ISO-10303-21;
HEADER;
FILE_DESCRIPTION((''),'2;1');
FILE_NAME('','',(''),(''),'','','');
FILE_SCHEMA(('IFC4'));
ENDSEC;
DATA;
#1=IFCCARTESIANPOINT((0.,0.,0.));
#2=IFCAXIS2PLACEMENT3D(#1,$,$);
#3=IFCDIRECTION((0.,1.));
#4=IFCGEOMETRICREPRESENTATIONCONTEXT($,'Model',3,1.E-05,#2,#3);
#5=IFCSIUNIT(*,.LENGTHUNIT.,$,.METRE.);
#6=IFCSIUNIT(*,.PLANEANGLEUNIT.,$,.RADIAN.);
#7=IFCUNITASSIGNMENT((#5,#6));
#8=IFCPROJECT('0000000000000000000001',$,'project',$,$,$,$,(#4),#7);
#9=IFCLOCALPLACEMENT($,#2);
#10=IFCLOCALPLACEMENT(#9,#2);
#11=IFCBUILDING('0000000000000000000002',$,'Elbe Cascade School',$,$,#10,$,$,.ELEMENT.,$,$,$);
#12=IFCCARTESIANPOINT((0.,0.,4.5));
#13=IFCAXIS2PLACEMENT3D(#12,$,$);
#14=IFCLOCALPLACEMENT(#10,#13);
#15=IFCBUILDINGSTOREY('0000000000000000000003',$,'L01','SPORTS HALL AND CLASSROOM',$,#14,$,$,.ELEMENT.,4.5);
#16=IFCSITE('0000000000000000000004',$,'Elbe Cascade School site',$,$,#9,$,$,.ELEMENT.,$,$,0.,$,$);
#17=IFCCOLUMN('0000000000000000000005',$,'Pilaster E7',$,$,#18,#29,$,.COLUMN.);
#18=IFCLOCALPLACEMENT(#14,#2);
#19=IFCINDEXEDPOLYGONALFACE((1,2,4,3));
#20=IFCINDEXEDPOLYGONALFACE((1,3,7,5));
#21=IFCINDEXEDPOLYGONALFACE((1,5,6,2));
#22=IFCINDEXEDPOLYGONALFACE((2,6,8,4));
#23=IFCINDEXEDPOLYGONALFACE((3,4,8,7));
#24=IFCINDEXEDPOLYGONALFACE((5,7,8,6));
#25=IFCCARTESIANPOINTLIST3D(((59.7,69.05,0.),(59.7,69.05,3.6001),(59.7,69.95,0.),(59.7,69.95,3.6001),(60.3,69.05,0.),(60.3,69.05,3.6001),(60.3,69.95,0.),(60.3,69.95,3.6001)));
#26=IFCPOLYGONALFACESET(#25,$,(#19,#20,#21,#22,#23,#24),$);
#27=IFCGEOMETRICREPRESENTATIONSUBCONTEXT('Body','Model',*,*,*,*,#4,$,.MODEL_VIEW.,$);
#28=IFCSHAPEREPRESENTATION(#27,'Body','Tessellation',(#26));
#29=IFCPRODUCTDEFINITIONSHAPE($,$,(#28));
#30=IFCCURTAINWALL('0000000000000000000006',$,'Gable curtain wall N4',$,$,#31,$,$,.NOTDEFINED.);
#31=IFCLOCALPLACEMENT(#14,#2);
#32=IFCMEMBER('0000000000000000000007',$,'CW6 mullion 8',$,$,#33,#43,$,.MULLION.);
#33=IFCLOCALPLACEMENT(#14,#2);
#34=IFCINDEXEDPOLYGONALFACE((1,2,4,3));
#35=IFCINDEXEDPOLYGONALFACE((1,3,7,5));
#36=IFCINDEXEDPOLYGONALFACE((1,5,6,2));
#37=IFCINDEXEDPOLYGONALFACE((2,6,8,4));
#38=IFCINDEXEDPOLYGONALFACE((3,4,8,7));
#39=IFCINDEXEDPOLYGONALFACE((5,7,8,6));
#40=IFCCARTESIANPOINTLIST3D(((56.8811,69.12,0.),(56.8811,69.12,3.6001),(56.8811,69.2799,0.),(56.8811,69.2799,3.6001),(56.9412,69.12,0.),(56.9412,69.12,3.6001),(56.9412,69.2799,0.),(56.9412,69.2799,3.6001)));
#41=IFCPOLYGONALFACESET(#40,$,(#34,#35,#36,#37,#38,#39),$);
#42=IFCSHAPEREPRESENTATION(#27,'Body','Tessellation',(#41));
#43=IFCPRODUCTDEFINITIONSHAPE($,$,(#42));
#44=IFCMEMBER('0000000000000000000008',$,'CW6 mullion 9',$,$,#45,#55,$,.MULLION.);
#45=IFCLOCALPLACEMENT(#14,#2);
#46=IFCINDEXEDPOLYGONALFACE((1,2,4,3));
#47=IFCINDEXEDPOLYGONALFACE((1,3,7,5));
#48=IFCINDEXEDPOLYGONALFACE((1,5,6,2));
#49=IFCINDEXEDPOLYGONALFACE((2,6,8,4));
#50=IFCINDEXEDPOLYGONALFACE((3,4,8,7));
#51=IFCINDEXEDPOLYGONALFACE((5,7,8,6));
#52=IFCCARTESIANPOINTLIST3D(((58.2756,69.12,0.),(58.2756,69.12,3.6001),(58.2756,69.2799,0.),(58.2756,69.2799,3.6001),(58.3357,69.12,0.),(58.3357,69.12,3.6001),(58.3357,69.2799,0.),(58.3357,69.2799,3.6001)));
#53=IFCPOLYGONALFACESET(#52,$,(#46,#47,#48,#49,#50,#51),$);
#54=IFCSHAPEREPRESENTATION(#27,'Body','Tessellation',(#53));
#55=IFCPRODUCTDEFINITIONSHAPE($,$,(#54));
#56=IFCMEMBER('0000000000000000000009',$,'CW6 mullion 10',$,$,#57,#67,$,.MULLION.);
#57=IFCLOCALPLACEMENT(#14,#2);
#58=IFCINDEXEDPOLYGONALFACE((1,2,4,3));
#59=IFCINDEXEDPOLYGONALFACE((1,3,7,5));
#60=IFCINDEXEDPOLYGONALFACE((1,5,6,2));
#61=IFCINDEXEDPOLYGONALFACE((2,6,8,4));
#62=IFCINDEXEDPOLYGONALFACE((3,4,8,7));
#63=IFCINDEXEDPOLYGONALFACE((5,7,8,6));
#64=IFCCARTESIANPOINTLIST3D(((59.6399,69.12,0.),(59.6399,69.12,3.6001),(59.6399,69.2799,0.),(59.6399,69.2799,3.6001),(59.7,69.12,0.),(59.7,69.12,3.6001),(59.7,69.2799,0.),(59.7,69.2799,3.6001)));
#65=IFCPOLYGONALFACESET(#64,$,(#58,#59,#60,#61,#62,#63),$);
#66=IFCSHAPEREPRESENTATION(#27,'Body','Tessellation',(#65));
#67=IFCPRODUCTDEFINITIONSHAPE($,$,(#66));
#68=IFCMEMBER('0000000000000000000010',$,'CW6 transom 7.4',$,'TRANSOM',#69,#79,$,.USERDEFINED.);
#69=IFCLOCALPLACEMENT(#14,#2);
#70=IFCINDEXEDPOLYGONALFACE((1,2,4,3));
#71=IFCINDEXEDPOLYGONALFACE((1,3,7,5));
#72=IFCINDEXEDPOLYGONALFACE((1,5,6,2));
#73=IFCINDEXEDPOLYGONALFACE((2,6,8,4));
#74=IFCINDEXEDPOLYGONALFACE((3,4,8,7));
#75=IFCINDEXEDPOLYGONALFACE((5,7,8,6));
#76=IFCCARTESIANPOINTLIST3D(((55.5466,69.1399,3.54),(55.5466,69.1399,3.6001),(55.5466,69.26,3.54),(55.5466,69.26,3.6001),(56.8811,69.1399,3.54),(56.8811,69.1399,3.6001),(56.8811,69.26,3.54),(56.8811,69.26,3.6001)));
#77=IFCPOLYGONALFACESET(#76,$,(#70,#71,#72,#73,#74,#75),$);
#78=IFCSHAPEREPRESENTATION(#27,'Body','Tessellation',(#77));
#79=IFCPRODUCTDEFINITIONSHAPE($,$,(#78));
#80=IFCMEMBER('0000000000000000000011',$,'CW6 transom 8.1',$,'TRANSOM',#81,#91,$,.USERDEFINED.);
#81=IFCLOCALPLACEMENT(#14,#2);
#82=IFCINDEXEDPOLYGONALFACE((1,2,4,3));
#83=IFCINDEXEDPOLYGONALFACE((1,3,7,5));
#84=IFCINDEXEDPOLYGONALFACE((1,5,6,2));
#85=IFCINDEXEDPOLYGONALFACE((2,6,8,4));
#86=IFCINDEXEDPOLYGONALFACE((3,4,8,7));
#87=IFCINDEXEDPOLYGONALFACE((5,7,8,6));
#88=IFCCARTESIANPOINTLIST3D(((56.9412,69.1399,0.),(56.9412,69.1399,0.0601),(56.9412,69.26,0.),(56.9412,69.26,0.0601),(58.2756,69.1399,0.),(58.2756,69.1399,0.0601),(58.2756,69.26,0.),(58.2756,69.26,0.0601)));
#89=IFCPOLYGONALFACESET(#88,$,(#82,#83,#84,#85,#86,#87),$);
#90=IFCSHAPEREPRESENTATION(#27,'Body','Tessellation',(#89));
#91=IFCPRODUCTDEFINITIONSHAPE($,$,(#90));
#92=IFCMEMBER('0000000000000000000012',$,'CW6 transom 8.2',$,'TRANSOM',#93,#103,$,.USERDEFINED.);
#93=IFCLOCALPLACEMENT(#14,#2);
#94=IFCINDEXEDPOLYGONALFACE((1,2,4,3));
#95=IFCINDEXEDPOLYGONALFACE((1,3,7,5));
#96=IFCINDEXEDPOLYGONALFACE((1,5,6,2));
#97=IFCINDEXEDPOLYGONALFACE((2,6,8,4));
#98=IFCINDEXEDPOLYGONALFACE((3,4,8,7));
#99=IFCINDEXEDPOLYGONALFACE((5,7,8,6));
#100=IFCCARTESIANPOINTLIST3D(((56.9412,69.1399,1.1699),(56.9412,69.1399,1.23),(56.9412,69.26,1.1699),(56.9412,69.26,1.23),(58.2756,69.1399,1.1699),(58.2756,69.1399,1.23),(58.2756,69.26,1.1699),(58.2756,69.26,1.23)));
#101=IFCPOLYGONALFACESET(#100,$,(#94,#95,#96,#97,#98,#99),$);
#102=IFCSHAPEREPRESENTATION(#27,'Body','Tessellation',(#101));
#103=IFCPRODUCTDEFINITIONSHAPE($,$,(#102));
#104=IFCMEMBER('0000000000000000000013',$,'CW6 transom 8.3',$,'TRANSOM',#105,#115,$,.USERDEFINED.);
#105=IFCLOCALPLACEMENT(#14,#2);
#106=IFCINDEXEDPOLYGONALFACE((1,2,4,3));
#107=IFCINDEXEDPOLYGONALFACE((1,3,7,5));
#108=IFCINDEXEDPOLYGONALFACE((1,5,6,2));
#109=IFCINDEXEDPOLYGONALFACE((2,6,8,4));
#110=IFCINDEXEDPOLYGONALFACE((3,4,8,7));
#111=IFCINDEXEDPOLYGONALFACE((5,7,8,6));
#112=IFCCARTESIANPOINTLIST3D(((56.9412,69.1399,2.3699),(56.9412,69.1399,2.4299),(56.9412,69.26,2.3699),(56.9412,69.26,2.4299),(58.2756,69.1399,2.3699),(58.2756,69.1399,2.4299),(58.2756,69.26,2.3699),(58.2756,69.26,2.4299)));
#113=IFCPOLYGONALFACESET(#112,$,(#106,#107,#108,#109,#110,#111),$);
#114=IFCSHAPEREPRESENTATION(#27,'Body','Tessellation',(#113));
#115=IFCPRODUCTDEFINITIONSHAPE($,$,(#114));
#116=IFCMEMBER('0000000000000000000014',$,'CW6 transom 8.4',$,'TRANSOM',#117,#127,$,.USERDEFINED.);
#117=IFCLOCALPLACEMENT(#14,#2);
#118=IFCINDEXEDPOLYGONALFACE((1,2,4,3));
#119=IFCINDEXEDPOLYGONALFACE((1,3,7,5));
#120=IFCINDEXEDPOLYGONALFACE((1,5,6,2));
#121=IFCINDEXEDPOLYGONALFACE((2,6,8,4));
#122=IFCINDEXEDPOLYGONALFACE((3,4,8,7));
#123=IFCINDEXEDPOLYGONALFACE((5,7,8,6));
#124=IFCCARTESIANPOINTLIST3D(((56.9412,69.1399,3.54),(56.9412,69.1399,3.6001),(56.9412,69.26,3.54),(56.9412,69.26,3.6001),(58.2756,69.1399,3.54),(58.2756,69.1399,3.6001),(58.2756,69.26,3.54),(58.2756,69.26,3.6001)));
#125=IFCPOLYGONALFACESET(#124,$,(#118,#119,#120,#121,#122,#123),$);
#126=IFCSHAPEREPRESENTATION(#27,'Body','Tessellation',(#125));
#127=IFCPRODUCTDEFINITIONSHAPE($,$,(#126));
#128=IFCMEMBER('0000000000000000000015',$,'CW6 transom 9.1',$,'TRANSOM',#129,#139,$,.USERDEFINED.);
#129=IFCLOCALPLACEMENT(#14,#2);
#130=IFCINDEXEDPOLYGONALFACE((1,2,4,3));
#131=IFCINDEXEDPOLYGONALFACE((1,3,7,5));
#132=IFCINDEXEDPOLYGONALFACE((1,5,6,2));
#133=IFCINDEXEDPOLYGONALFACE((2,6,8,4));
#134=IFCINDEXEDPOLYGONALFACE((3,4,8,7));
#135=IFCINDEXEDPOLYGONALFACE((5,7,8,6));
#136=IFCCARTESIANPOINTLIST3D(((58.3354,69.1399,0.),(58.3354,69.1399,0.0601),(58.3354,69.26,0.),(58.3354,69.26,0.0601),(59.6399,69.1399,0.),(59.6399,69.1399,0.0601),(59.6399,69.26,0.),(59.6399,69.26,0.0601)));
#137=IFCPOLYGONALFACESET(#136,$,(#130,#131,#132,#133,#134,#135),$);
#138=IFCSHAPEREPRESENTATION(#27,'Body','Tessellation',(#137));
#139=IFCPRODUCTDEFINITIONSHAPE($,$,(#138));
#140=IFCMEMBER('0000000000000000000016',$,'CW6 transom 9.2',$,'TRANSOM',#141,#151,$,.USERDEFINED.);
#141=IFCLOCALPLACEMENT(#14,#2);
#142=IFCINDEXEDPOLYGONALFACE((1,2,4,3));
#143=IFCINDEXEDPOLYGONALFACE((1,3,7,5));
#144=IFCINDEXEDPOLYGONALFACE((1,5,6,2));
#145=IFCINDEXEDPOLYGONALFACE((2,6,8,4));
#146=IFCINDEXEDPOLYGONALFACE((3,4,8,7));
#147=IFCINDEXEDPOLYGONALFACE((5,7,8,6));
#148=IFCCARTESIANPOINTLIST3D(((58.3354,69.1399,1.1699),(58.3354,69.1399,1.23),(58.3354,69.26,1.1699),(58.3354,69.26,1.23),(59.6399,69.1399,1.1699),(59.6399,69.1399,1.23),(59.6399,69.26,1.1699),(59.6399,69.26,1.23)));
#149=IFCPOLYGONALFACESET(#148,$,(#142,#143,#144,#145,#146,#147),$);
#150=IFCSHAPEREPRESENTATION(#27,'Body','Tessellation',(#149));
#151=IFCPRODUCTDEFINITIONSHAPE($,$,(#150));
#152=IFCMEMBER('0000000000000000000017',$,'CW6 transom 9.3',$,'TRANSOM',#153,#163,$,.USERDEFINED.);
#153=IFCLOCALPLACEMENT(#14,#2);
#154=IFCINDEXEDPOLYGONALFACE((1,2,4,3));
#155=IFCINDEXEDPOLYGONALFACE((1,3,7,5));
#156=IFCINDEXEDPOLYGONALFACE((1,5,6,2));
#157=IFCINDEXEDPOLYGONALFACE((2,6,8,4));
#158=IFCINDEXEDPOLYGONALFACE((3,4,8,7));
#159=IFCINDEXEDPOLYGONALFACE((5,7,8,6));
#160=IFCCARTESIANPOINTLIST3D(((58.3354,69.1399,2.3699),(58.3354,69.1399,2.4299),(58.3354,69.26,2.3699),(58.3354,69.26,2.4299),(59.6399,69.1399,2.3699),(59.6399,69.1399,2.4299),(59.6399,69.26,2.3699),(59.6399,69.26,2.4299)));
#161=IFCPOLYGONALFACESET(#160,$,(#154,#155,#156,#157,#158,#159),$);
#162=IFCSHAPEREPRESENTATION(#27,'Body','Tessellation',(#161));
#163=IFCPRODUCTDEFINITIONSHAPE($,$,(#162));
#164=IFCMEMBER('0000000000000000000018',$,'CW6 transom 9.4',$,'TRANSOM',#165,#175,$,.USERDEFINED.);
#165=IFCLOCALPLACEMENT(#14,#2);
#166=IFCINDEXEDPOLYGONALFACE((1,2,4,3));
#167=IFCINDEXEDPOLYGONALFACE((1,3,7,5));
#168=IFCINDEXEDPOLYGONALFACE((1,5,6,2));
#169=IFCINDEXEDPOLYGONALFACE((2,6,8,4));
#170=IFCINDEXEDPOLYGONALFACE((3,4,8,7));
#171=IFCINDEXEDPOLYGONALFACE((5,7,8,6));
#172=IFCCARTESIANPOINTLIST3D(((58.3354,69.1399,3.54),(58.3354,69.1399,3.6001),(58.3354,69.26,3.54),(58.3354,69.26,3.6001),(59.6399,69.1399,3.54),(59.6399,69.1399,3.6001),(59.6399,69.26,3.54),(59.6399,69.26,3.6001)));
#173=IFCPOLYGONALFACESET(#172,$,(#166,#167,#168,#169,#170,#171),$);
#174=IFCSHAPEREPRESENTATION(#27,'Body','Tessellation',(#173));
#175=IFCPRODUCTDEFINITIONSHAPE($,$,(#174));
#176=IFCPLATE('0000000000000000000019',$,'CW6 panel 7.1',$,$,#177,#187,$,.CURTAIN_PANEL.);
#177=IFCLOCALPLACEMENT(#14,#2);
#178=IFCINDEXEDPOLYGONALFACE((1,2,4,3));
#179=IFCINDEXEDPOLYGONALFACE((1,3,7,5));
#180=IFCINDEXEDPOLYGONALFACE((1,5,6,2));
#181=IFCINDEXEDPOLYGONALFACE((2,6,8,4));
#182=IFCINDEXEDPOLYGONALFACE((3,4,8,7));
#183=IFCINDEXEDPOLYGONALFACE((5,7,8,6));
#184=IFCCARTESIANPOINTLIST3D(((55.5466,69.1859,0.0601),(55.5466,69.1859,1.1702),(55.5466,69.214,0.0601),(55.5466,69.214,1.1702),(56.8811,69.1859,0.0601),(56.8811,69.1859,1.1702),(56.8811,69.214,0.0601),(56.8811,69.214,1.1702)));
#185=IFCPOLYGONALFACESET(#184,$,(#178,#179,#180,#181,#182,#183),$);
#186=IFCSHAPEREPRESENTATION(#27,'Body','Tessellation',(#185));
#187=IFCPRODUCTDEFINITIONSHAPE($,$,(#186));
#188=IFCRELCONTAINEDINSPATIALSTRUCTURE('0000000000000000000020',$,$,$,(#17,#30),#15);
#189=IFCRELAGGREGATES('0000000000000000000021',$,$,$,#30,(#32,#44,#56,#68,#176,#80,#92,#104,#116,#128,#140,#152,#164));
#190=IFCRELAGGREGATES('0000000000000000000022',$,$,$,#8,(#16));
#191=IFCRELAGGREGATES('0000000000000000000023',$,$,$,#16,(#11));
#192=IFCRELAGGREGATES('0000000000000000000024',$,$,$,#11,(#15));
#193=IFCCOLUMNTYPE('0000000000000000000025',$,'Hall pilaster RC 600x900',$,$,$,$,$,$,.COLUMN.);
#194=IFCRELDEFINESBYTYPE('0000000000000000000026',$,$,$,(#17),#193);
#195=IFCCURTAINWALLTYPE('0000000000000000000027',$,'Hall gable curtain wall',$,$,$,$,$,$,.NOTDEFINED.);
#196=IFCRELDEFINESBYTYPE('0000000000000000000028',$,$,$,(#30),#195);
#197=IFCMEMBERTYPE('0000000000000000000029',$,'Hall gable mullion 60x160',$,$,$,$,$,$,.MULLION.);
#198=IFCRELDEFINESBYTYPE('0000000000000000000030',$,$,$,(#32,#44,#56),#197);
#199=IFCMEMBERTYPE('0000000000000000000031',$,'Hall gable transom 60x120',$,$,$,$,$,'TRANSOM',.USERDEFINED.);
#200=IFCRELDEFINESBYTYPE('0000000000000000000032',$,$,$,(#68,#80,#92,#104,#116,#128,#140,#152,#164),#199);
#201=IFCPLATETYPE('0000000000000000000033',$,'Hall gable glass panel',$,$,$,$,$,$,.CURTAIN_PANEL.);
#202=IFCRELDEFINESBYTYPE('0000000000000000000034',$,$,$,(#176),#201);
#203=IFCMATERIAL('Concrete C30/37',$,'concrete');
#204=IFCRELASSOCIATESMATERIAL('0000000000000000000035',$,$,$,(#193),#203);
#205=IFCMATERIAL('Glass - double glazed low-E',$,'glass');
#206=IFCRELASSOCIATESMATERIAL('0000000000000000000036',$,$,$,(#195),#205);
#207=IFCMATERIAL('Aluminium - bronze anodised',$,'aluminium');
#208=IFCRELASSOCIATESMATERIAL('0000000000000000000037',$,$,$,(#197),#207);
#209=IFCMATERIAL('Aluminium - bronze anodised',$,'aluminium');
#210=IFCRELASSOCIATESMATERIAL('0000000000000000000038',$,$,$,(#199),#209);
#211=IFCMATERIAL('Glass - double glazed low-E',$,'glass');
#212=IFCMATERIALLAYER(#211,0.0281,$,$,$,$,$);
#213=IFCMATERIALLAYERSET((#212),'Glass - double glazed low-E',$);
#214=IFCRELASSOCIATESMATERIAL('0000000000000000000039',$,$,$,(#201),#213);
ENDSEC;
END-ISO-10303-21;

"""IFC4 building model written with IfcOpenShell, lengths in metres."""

from ifc_helpers import new_model, si_unit, direction, frame, origin, origin_2d, place, context, subcontext, project, spatial, rectangle, extrude, material, layer, layer_set, material_profile, profile_set, type_object, element, aggregate, save


model = new_model("IFC4")

# Units and contexts
model_context = context("Model", 3, precision=1e-05, world=origin(), true_north=direction((0.0, 1.0)))
body_context = subcontext(model_context, "Body", "Model", "MODEL_VIEW")
ifc_project = project(units=[si_unit("LENGTHUNIT", "METRE"), si_unit("PLANEANGLEUNIT", "RADIAN")], contexts=[model_context])

# Site, building, storey
site_placement = place(None, origin())
site = spatial("IfcSite", under=ifc_project, at=site_placement, Name="Elbe Cascade School site", CompositionType="ELEMENT", RefElevation=0.0)
building_placement = place(site_placement, origin())
building = spatial("IfcBuilding", under=site, at=building_placement, Name="Elbe Cascade School", CompositionType="ELEMENT")
storey_placement = place(building_placement, frame((0.0, 0.0, 4.5)))
storey = spatial("IfcBuildingStorey", under=building, at=storey_placement, Name="L01", Description="SPORTS HALL AND CLASSROOM", CompositionType="ELEMENT", Elevation=4.5)

# Column
ifc_material_1 = material(Name="Concrete C30/37", Category="concrete")
ifc_material_profile_1 = material_profile(ifc_material_1, rectangle(XDim=0.6001, YDim=0.8999, at=origin_2d()), Name="RC 600x900")
ifc_profile_set_1 = profile_set([ifc_material_profile_1], Name="Concrete C30/37")
column_type = type_object("IfcColumnType", Name="Hall pilaster RC 600x900", PredefinedType="COLUMN", material=ifc_profile_set_1)
column_placement = place(storey_placement, frame((60.0, 69.5, 0.0), z_axis=(0.0, 0.0, 1.0), x_axis=(1.0, 0.0, 0.0)))
element("IfcColumn", 1, at=column_placement, inside=storey, type_object=column_type, Name="Pilaster E7", PredefinedType="COLUMN", context=body_context, shape_type="SweptSolid", body=[
    extrude(rectangle(XDim=0.6001, YDim=0.8999, at=origin_2d()), origin(), (0.0, 0.0, 1.0), 3.6001),
])

# Curtain wall, members, plate
ifc_material_2 = material(Name="Glass - double glazed low-E", Category="glass")
curtain_wall_type = type_object("IfcCurtainWallType", Name="Hall gable curtain wall", PredefinedType="NOTDEFINED", material=ifc_material_2)
curtain_wall_placement = place(storey_placement, origin())
curtain_wall = element("IfcCurtainWall", 2, at=curtain_wall_placement, inside=storey, type_object=curtain_wall_type, Name="Gable curtain wall N4", PredefinedType="NOTDEFINED")
ifc_material_3 = material(Name="Aluminium - bronze anodised", Category="aluminium")
ifc_material_profile_2 = material_profile(ifc_material_3, rectangle(XDim=0.1599, YDim=0.0601, at=origin_2d()), Name="Alu 60x160")
ifc_profile_set_2 = profile_set([ifc_material_profile_2], Name="Aluminium - bronze anodised")
member_type_1 = type_object("IfcMemberType", Name="Hall gable mullion 60x160", PredefinedType="MULLION", material=ifc_profile_set_2)
member_1_placement = place(storey_placement, frame((56.9111, 69.2, 0.0), z_axis=(0.0, 0.0, 1.0), x_axis=(0.0, 1.0, 0.0)))
member_1 = element("IfcMember", 3, at=member_1_placement, type_object=member_type_1, Name="CW6 mullion 8", PredefinedType="MULLION", context=body_context, shape_type="SweptSolid", body=[
    extrude(rectangle(XDim=0.1599, YDim=0.0601, at=origin_2d()), origin(), (0.0, 0.0, 1.0), 3.6001),
])
member_2_placement = place(storey_placement, frame((58.3057, 69.2, 0.0), z_axis=(0.0, 0.0, 1.0), x_axis=(0.0, 1.0, 0.0)))
member_2 = element("IfcMember", 4, at=member_2_placement, type_object=member_type_1, Name="CW6 mullion 9", PredefinedType="MULLION", context=body_context, shape_type="SweptSolid", body=[
    extrude(rectangle(XDim=0.1599, YDim=0.0601, at=origin_2d()), origin(), (0.0, 0.0, 1.0), 3.6001),
])
member_3_placement = place(storey_placement, frame((59.6699, 69.2, 0.0), z_axis=(0.0, 0.0, 1.0), x_axis=(0.0, 1.0, 0.0)))
member_3 = element("IfcMember", 5, at=member_3_placement, type_object=member_type_1, Name="CW6 mullion 10", PredefinedType="MULLION", context=body_context, shape_type="SweptSolid", body=[
    extrude(rectangle(XDim=0.1599, YDim=0.0601, at=origin_2d()), origin(), (0.0, 0.0, 1.0), 3.6001),
])
ifc_material_4 = material(Name="Aluminium - bronze anodised", Category="aluminium")
ifc_material_profile_3 = material_profile(ifc_material_4, rectangle(XDim=0.1201, YDim=0.0601, at=origin_2d()), Name="Alu 60x120")
ifc_profile_set_3 = profile_set([ifc_material_profile_3], Name="Aluminium - bronze anodised")
member_type_2 = type_object("IfcMemberType", Name="Hall gable transom 60x120", ElementType="TRANSOM", PredefinedType="USERDEFINED", material=ifc_profile_set_3)
member_4_placement = place(storey_placement, frame((55.5466, 69.2, 3.5701), z_axis=(1.0, 0.0, 0.0), x_axis=(0.0, 1.0, 0.0)))
member_4 = element("IfcMember", 6, at=member_4_placement, type_object=member_type_2, Name="CW6 transom 7.4", ObjectType="TRANSOM", PredefinedType="USERDEFINED", context=body_context, shape_type="SweptSolid", body=[
    extrude(rectangle(XDim=0.1201, YDim=0.0601, at=origin_2d()), origin(), (0.0, 0.0, 1.0), 1.3345),
])
member_5_placement = place(storey_placement, frame((56.9412, 69.2, 0.03), z_axis=(1.0, 0.0, 0.0), x_axis=(0.0, 1.0, 0.0)))
member_5 = element("IfcMember", 7, at=member_5_placement, type_object=member_type_2, Name="CW6 transom 8.1", ObjectType="TRANSOM", PredefinedType="USERDEFINED", context=body_context, shape_type="SweptSolid", body=[
    extrude(rectangle(XDim=0.1201, YDim=0.0601, at=origin_2d()), origin(), (0.0, 0.0, 1.0), 1.3345),
])
member_6_placement = place(storey_placement, frame((56.9412, 69.2, 1.2), z_axis=(1.0, 0.0, 0.0), x_axis=(0.0, 1.0, 0.0)))
member_6 = element("IfcMember", 8, at=member_6_placement, type_object=member_type_2, Name="CW6 transom 8.2", ObjectType="TRANSOM", PredefinedType="USERDEFINED", context=body_context, shape_type="SweptSolid", body=[
    extrude(rectangle(XDim=0.1201, YDim=0.0601, at=origin_2d()), origin(), (0.0, 0.0, 1.0), 1.3345),
])
member_7_placement = place(storey_placement, frame((56.9412, 69.2, 2.3999), z_axis=(1.0, 0.0, 0.0), x_axis=(0.0, 1.0, 0.0)))
member_7 = element("IfcMember", 9, at=member_7_placement, type_object=member_type_2, Name="CW6 transom 8.3", ObjectType="TRANSOM", PredefinedType="USERDEFINED", context=body_context, shape_type="SweptSolid", body=[
    extrude(rectangle(XDim=0.1201, YDim=0.0601, at=origin_2d()), origin(), (0.0, 0.0, 1.0), 1.3345),
])
member_8_placement = place(storey_placement, frame((56.9412, 69.2, 3.5701), z_axis=(1.0, 0.0, 0.0), x_axis=(0.0, 1.0, 0.0)))
member_8 = element("IfcMember", 10, at=member_8_placement, type_object=member_type_2, Name="CW6 transom 8.4", ObjectType="TRANSOM", PredefinedType="USERDEFINED", context=body_context, shape_type="SweptSolid", body=[
    extrude(rectangle(XDim=0.1201, YDim=0.0601, at=origin_2d()), origin(), (0.0, 0.0, 1.0), 1.3345),
])
member_9_placement = place(storey_placement, frame((58.3354, 69.2, 0.03), z_axis=(1.0, 0.0, 0.0), x_axis=(0.0, 1.0, 0.0)))
member_9 = element("IfcMember", 11, at=member_9_placement, type_object=member_type_2, Name="CW6 transom 9.1", ObjectType="TRANSOM", PredefinedType="USERDEFINED", context=body_context, shape_type="SweptSolid", body=[
    extrude(rectangle(XDim=0.1201, YDim=0.0601, at=origin_2d()), origin(), (0.0, 0.0, 1.0), 1.3044),
])
member_10_placement = place(storey_placement, frame((58.3354, 69.2, 1.2), z_axis=(1.0, 0.0, 0.0), x_axis=(0.0, 1.0, 0.0)))
member_10 = element("IfcMember", 12, at=member_10_placement, type_object=member_type_2, Name="CW6 transom 9.2", ObjectType="TRANSOM", PredefinedType="USERDEFINED", context=body_context, shape_type="SweptSolid", body=[
    extrude(rectangle(XDim=0.1201, YDim=0.0601, at=origin_2d()), origin(), (0.0, 0.0, 1.0), 1.3044),
])
member_11_placement = place(storey_placement, frame((58.3354, 69.2, 2.3999), z_axis=(1.0, 0.0, 0.0), x_axis=(0.0, 1.0, 0.0)))
member_11 = element("IfcMember", 13, at=member_11_placement, type_object=member_type_2, Name="CW6 transom 9.3", ObjectType="TRANSOM", PredefinedType="USERDEFINED", context=body_context, shape_type="SweptSolid", body=[
    extrude(rectangle(XDim=0.1201, YDim=0.0601, at=origin_2d()), origin(), (0.0, 0.0, 1.0), 1.3044),
])
member_12_placement = place(storey_placement, frame((58.3354, 69.2, 3.5701), z_axis=(1.0, 0.0, 0.0), x_axis=(0.0, 1.0, 0.0)))
member_12 = element("IfcMember", 14, at=member_12_placement, type_object=member_type_2, Name="CW6 transom 9.4", ObjectType="TRANSOM", PredefinedType="USERDEFINED", context=body_context, shape_type="SweptSolid", body=[
    extrude(rectangle(XDim=0.1201, YDim=0.0601, at=origin_2d()), origin(), (0.0, 0.0, 1.0), 1.3044),
])
ifc_material_5 = material(Name="Glass - double glazed low-E", Category="glass")
ifc_layer = layer(ifc_material_5, 0.0281)
ifc_layer_set = layer_set([ifc_layer], Name="Glass - double glazed low-E")
plate_type = type_object("IfcPlateType", Name="Hall gable glass panel", PredefinedType="CURTAIN_PANEL", material=ifc_layer_set)
plate_1_placement = place(storey_placement, frame((56.2139, 69.2, 0.0601), z_axis=(0.0, 0.0, 1.0), x_axis=(1.0, 0.0, 0.0)))
plate_1 = element("IfcPlate", 15, at=plate_1_placement, type_object=plate_type, Name="CW6 panel 7.1", PredefinedType="CURTAIN_PANEL", context=body_context, shape_type="SweptSolid", body=[
    extrude(rectangle(XDim=1.3345, YDim=0.0281, at=origin_2d()), origin(), (0.0, 0.0, 1.0), 1.1101),
])
aggregate(curtain_wall, [member_1, member_2, member_3, member_4, plate_1, member_5, member_6, member_7, member_8, member_9, member_10, member_11, member_12])

save(model, "model.ifc")
